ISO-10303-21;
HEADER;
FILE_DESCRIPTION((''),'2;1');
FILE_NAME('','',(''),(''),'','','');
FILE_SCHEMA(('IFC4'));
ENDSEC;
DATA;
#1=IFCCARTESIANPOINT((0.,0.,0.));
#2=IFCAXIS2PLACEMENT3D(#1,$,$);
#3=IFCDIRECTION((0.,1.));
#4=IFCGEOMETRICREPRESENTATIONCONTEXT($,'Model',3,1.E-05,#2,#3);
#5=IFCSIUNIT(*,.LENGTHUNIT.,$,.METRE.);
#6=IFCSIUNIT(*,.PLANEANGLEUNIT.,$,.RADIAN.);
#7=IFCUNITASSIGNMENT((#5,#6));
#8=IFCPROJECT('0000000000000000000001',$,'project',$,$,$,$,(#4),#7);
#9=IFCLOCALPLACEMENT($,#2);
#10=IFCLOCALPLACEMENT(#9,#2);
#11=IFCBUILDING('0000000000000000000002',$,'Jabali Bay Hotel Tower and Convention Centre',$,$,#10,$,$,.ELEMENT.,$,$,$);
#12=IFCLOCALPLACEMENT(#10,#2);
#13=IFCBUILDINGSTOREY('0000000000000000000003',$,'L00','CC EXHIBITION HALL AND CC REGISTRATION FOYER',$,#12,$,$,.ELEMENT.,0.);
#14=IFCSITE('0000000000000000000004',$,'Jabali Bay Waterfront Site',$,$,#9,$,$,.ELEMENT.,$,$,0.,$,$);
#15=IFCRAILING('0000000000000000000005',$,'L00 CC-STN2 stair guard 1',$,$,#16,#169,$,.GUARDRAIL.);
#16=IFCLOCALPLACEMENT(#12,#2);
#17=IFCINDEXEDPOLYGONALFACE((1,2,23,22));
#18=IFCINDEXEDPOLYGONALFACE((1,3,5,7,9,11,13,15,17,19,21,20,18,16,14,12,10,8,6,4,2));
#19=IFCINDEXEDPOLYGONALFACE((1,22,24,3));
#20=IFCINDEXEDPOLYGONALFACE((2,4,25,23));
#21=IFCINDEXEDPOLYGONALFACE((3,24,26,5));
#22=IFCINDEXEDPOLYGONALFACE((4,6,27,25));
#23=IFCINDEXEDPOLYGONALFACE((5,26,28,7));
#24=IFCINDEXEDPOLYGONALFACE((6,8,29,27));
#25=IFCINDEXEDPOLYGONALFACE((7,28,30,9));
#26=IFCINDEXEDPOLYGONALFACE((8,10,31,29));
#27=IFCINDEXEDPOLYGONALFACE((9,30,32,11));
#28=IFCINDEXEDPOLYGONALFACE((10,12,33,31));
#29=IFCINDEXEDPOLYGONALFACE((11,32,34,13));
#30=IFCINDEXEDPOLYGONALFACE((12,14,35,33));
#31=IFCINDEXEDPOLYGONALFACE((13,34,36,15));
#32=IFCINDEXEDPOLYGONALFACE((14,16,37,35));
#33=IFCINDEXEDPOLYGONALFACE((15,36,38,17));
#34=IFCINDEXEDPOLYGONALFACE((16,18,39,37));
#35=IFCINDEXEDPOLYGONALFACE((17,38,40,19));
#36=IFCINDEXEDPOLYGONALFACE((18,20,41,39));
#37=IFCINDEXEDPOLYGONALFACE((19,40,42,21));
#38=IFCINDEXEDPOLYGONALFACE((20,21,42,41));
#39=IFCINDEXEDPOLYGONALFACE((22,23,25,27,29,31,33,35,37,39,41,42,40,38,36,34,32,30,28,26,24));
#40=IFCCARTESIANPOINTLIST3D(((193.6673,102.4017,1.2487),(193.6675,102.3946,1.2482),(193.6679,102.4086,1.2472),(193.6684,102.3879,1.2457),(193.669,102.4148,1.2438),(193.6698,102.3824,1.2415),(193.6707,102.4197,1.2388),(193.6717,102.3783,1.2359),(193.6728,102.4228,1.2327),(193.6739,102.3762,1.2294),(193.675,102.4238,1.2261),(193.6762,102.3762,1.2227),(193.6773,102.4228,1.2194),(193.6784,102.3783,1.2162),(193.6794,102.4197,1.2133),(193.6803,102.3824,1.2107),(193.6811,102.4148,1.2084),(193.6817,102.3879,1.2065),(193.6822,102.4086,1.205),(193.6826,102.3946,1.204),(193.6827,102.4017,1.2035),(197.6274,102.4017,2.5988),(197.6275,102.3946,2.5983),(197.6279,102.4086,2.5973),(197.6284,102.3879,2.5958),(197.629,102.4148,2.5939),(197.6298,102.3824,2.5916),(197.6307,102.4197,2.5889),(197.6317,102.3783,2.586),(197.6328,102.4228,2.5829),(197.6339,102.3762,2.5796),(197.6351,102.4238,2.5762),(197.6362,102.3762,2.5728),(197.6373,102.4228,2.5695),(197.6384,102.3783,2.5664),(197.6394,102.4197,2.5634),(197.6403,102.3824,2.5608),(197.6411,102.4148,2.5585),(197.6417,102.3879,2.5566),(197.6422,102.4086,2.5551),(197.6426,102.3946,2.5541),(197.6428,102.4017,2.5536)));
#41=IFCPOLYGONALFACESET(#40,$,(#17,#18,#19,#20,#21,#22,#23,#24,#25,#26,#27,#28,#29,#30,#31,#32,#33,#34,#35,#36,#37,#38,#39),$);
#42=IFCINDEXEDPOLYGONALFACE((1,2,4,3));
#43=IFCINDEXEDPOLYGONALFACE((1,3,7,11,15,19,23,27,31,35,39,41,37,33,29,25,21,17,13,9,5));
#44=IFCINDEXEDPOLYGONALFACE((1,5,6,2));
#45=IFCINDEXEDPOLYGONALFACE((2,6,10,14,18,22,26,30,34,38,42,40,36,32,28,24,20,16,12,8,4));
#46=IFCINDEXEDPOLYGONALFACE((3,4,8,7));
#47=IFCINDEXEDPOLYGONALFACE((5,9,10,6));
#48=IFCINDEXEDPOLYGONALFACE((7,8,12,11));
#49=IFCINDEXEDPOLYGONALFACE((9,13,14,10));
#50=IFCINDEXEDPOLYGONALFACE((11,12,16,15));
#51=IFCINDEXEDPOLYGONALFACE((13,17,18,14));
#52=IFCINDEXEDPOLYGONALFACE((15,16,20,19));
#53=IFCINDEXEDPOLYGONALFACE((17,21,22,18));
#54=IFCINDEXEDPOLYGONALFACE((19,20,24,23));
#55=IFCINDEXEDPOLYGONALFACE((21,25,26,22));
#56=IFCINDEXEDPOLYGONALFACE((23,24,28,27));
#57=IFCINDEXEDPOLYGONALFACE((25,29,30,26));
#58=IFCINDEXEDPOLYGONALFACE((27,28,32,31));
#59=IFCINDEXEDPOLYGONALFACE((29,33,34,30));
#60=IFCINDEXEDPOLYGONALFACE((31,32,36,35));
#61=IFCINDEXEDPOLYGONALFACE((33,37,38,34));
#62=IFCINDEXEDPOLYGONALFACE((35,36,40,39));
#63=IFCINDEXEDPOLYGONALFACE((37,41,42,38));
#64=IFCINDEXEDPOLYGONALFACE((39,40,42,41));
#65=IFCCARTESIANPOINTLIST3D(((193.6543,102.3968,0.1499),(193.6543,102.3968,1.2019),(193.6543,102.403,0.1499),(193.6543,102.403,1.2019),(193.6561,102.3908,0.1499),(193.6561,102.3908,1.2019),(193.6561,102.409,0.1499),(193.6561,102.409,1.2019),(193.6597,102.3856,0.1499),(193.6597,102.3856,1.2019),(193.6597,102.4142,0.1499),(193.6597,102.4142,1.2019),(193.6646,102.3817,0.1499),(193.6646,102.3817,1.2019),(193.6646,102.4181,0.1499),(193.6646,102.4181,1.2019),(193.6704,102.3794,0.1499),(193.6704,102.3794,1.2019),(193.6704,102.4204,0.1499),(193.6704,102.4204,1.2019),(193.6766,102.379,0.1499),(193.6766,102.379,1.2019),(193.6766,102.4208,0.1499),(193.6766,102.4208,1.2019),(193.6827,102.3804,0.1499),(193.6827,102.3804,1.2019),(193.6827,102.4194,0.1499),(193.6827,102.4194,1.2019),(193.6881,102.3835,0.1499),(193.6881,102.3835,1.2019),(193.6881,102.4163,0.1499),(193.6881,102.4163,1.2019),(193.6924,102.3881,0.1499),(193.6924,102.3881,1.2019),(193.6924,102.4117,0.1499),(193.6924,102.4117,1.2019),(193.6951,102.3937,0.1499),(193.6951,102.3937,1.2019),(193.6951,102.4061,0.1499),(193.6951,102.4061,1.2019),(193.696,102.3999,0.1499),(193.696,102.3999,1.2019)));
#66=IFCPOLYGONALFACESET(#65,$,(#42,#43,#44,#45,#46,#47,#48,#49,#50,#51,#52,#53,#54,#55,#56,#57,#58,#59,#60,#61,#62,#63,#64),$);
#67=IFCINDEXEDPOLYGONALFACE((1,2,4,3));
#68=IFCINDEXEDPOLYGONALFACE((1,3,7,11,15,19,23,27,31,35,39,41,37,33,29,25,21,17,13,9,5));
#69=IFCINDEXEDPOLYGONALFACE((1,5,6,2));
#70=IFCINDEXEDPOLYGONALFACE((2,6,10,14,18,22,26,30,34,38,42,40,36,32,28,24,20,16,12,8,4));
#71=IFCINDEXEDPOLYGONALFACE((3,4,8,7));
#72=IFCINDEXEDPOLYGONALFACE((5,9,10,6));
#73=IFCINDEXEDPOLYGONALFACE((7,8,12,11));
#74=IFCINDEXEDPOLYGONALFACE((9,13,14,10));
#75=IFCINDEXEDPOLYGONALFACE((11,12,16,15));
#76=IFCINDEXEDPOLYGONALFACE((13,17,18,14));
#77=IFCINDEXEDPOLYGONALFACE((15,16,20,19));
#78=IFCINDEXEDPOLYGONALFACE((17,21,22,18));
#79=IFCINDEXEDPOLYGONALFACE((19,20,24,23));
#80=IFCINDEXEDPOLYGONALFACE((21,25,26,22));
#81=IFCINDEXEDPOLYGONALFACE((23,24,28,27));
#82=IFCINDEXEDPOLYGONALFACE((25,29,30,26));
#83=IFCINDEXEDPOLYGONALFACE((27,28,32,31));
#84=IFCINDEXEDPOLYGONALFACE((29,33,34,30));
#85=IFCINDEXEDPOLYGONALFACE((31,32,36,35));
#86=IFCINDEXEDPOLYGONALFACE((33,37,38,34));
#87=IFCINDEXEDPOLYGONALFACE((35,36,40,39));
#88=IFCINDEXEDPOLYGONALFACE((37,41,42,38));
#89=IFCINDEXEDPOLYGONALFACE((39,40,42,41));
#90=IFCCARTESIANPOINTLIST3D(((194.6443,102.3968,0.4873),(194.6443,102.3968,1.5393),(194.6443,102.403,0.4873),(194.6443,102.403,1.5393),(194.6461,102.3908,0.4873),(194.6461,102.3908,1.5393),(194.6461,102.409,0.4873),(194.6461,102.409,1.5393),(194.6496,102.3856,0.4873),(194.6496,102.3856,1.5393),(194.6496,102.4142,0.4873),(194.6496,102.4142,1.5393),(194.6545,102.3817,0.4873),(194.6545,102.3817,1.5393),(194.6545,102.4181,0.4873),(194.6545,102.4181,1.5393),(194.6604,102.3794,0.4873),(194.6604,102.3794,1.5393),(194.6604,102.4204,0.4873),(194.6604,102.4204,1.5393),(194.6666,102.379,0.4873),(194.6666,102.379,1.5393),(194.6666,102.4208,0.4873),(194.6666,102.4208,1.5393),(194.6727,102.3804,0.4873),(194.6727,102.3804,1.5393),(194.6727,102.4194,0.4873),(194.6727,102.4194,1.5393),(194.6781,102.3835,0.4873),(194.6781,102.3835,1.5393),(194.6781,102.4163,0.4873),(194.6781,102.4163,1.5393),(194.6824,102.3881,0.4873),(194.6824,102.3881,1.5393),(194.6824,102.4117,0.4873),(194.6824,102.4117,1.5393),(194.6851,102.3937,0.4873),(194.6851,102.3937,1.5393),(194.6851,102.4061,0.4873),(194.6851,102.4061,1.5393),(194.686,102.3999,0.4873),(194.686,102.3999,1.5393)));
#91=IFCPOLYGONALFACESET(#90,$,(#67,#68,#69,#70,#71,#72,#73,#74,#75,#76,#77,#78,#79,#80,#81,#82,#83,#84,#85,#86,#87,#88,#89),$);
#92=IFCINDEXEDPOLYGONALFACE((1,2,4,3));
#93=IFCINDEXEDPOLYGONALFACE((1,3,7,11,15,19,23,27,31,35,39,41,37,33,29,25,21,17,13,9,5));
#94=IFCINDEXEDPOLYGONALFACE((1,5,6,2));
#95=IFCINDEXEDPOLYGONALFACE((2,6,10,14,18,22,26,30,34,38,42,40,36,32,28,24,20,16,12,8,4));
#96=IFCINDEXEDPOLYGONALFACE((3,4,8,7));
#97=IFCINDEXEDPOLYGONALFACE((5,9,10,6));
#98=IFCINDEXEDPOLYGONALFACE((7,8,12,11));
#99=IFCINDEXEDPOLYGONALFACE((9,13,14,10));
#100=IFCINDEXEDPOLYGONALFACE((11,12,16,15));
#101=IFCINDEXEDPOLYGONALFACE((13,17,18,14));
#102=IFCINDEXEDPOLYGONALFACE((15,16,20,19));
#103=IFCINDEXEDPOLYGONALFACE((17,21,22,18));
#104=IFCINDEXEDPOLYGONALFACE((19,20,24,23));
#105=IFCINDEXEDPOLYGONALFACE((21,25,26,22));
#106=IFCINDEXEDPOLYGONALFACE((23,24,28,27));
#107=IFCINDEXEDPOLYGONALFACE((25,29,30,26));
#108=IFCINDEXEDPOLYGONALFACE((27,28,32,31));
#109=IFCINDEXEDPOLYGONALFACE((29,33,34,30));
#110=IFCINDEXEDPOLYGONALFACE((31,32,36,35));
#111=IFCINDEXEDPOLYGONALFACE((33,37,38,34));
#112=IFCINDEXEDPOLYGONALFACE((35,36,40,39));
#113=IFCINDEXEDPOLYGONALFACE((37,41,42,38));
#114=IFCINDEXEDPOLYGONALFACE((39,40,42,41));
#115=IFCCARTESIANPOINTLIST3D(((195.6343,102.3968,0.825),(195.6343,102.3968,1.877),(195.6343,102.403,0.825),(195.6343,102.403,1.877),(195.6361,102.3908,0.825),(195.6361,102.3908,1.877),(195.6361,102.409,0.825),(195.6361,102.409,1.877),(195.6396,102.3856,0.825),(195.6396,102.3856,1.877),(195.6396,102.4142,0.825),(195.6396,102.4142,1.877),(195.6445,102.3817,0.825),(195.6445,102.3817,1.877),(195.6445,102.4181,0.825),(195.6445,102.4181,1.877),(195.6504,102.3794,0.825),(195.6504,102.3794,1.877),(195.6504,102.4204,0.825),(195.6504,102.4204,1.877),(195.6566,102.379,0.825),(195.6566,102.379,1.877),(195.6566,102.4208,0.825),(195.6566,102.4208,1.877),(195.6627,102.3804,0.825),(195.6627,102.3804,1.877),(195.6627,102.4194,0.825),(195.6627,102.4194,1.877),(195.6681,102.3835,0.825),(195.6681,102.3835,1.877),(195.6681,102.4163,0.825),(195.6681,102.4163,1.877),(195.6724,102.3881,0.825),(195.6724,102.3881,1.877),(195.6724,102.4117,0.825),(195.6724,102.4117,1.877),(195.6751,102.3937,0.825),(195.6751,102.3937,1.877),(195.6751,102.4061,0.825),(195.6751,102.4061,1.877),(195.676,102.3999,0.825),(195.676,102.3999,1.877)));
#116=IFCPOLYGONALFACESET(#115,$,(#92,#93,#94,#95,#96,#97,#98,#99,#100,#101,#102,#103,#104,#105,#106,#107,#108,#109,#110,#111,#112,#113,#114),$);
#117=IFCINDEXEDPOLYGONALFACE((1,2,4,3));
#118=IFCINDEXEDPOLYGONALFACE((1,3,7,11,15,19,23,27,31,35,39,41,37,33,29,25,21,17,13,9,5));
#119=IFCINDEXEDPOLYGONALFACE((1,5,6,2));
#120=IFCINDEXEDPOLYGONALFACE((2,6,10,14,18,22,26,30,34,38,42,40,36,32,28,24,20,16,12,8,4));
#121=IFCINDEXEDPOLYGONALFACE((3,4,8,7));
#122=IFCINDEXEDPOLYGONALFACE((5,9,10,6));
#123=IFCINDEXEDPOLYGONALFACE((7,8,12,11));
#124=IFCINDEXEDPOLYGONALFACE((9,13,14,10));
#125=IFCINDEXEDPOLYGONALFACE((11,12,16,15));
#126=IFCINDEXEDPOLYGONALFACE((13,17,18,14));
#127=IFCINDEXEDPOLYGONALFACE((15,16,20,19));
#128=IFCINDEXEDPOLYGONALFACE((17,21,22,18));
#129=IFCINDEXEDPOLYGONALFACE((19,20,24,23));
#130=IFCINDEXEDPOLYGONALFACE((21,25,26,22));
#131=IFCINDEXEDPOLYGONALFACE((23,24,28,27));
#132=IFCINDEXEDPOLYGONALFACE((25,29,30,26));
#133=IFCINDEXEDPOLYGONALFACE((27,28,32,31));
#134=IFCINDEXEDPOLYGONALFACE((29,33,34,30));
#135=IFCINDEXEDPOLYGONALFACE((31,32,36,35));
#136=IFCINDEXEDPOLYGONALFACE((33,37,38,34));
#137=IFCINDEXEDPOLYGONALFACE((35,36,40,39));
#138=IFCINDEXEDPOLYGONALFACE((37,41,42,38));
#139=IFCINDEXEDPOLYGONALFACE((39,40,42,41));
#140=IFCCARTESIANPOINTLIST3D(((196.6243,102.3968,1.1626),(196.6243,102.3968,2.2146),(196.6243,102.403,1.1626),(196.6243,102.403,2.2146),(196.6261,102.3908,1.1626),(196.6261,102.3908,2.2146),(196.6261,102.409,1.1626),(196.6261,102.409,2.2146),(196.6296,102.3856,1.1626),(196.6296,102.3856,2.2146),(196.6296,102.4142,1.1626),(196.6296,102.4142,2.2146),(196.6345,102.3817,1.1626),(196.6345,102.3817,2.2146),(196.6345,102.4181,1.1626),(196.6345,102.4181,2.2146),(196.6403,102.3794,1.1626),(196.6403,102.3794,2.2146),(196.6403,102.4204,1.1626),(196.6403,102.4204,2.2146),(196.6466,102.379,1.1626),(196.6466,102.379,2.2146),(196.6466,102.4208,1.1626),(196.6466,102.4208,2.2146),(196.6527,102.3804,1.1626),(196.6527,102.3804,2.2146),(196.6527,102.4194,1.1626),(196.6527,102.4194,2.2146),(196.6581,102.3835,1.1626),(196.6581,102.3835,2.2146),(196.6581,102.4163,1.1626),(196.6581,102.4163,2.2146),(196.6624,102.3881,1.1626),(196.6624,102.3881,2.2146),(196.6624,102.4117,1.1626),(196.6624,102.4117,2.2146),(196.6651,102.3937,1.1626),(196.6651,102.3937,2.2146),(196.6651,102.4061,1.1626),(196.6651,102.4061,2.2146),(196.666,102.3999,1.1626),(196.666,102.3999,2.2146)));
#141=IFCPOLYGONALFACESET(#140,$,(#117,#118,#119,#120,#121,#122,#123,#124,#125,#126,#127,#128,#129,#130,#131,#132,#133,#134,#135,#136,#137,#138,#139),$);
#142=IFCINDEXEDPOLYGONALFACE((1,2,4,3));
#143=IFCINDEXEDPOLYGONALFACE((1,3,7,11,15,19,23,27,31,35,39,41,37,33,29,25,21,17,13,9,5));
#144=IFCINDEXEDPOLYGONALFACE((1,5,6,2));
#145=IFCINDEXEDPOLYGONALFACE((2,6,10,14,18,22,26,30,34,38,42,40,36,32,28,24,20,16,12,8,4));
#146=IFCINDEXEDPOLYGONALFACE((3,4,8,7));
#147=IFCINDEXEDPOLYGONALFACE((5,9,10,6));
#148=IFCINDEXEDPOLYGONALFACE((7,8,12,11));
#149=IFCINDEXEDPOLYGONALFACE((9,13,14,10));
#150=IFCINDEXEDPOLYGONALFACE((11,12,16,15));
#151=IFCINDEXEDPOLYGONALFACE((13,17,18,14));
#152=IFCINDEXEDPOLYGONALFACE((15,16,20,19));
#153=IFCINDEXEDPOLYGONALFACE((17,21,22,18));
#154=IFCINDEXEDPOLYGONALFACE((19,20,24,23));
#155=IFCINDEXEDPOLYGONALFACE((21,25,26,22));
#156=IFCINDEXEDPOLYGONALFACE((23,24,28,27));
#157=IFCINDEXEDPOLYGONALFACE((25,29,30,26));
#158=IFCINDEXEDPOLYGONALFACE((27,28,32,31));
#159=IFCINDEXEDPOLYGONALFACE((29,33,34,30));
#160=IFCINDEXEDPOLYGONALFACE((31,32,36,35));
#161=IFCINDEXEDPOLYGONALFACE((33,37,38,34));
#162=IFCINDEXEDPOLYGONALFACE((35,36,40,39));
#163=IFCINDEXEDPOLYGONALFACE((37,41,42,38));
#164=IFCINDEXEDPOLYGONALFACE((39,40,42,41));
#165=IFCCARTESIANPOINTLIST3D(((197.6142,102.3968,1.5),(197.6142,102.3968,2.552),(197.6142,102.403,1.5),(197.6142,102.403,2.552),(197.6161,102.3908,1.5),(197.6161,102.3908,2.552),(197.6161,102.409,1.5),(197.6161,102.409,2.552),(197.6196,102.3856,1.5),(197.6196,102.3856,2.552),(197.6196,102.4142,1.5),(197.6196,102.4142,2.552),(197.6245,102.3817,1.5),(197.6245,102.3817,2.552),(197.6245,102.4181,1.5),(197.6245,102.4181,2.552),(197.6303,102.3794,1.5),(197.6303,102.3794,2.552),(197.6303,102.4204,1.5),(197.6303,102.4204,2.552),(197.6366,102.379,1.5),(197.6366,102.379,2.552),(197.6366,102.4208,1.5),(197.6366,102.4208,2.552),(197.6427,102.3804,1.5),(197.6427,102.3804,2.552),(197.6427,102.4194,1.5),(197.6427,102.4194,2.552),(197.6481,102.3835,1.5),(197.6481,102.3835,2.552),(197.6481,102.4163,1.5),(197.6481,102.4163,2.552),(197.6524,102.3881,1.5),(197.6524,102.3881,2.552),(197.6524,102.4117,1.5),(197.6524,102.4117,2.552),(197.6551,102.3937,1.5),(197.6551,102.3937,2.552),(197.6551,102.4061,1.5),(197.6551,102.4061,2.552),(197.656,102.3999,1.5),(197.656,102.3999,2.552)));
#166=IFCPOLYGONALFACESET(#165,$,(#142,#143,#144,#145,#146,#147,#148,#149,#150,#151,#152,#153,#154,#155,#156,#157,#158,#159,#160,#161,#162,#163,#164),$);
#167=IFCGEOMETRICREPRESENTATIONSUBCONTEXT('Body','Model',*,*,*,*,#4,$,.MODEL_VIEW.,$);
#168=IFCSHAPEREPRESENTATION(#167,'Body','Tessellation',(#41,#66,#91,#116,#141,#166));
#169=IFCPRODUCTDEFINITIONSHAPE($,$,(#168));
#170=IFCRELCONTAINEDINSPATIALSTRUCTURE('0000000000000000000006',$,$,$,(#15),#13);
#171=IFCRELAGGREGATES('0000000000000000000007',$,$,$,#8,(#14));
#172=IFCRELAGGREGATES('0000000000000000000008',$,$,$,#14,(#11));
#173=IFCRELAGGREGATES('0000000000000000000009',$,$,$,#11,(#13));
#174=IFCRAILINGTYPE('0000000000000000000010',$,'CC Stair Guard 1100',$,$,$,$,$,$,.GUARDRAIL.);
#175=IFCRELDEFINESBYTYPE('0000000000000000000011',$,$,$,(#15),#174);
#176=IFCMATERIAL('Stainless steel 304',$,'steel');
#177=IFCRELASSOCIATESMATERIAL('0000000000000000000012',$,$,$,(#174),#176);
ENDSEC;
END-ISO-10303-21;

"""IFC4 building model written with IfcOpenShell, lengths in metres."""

from ifc_helpers import new_model, si_unit, direction, frame, origin, origin_2d, place, context, subcontext, project, spatial, circle, extrude, material, type_object, element, save


model = new_model("IFC4")

# Units and contexts
model_context = context("Model", 3, precision=1e-05, world=origin(), true_north=direction((0.0, 1.0)))
body_context = subcontext(model_context, "Body", "Model", "MODEL_VIEW")
ifc_project = project(units=[si_unit("LENGTHUNIT", "METRE"), si_unit("PLANEANGLEUNIT", "RADIAN")], contexts=[model_context])

# Site, building, storey
site_placement = place(None, origin())
site = spatial("IfcSite", under=ifc_project, at=site_placement, Name="Jabali Bay Waterfront Site", CompositionType="ELEMENT", RefElevation=0.0)
building_placement = place(site_placement, origin())
building = spatial("IfcBuilding", under=site, at=building_placement, Name="Jabali Bay Hotel Tower and Convention Centre", CompositionType="ELEMENT")
storey_placement = place(building_placement, origin())
storey = spatial("IfcBuildingStorey", under=building, at=storey_placement, Name="L00", Description="CC EXHIBITION HALL AND CC REGISTRATION FOYER", CompositionType="ELEMENT", Elevation=0.0)

# Railing
ifc_material_1 = material(Name="Stainless steel 304", Category="steel")
railing_type_1 = type_object("IfcRailingType", Name="CC Stair Guard 1100", PredefinedType="GUARDRAIL", material=ifc_material_1)
railing_1_placement = place(storey_placement, frame((193.675, 102.3999, 0.1499)))
element("IfcRailing", 1, at=railing_1_placement, inside=storey, type_object=railing_type_1, Name="L00 CC-STN2 stair guard 1", PredefinedType="GUARDRAIL", context=body_context, shape_type="SweptSolid", body=[
    extrude(circle(Radius=0.0239, at=origin_2d()), frame((0.0, 0.0, 1.0762), z_axis=(0.946502, 0.0, 0.322698), x_axis=(0.0, 1.0, 0.0)), (0.0, 0.0, 1.0), 4.1838),
    extrude(circle(Radius=0.021, at=origin_2d()), origin(), (0.0, 0.0, 1.0), 1.052),
    extrude(circle(Radius=0.021, at=origin_2d()), frame((0.99, 0.0, 0.3374)), (0.0, 0.0, 1.0), 1.052),
    extrude(circle(Radius=0.021, at=origin_2d()), frame((1.98, 0.0, 0.675)), (0.0, 0.0, 1.0), 1.052),
    extrude(circle(Radius=0.021, at=origin_2d()), frame((2.97, 0.0, 1.0127)), (0.0, 0.0, 1.0), 1.052),
    extrude(circle(Radius=0.021, at=origin_2d()), frame((3.96, 0.0, 1.3501)), (0.0, 0.0, 1.0), 1.052),
])

save(model, "model.ifc")
